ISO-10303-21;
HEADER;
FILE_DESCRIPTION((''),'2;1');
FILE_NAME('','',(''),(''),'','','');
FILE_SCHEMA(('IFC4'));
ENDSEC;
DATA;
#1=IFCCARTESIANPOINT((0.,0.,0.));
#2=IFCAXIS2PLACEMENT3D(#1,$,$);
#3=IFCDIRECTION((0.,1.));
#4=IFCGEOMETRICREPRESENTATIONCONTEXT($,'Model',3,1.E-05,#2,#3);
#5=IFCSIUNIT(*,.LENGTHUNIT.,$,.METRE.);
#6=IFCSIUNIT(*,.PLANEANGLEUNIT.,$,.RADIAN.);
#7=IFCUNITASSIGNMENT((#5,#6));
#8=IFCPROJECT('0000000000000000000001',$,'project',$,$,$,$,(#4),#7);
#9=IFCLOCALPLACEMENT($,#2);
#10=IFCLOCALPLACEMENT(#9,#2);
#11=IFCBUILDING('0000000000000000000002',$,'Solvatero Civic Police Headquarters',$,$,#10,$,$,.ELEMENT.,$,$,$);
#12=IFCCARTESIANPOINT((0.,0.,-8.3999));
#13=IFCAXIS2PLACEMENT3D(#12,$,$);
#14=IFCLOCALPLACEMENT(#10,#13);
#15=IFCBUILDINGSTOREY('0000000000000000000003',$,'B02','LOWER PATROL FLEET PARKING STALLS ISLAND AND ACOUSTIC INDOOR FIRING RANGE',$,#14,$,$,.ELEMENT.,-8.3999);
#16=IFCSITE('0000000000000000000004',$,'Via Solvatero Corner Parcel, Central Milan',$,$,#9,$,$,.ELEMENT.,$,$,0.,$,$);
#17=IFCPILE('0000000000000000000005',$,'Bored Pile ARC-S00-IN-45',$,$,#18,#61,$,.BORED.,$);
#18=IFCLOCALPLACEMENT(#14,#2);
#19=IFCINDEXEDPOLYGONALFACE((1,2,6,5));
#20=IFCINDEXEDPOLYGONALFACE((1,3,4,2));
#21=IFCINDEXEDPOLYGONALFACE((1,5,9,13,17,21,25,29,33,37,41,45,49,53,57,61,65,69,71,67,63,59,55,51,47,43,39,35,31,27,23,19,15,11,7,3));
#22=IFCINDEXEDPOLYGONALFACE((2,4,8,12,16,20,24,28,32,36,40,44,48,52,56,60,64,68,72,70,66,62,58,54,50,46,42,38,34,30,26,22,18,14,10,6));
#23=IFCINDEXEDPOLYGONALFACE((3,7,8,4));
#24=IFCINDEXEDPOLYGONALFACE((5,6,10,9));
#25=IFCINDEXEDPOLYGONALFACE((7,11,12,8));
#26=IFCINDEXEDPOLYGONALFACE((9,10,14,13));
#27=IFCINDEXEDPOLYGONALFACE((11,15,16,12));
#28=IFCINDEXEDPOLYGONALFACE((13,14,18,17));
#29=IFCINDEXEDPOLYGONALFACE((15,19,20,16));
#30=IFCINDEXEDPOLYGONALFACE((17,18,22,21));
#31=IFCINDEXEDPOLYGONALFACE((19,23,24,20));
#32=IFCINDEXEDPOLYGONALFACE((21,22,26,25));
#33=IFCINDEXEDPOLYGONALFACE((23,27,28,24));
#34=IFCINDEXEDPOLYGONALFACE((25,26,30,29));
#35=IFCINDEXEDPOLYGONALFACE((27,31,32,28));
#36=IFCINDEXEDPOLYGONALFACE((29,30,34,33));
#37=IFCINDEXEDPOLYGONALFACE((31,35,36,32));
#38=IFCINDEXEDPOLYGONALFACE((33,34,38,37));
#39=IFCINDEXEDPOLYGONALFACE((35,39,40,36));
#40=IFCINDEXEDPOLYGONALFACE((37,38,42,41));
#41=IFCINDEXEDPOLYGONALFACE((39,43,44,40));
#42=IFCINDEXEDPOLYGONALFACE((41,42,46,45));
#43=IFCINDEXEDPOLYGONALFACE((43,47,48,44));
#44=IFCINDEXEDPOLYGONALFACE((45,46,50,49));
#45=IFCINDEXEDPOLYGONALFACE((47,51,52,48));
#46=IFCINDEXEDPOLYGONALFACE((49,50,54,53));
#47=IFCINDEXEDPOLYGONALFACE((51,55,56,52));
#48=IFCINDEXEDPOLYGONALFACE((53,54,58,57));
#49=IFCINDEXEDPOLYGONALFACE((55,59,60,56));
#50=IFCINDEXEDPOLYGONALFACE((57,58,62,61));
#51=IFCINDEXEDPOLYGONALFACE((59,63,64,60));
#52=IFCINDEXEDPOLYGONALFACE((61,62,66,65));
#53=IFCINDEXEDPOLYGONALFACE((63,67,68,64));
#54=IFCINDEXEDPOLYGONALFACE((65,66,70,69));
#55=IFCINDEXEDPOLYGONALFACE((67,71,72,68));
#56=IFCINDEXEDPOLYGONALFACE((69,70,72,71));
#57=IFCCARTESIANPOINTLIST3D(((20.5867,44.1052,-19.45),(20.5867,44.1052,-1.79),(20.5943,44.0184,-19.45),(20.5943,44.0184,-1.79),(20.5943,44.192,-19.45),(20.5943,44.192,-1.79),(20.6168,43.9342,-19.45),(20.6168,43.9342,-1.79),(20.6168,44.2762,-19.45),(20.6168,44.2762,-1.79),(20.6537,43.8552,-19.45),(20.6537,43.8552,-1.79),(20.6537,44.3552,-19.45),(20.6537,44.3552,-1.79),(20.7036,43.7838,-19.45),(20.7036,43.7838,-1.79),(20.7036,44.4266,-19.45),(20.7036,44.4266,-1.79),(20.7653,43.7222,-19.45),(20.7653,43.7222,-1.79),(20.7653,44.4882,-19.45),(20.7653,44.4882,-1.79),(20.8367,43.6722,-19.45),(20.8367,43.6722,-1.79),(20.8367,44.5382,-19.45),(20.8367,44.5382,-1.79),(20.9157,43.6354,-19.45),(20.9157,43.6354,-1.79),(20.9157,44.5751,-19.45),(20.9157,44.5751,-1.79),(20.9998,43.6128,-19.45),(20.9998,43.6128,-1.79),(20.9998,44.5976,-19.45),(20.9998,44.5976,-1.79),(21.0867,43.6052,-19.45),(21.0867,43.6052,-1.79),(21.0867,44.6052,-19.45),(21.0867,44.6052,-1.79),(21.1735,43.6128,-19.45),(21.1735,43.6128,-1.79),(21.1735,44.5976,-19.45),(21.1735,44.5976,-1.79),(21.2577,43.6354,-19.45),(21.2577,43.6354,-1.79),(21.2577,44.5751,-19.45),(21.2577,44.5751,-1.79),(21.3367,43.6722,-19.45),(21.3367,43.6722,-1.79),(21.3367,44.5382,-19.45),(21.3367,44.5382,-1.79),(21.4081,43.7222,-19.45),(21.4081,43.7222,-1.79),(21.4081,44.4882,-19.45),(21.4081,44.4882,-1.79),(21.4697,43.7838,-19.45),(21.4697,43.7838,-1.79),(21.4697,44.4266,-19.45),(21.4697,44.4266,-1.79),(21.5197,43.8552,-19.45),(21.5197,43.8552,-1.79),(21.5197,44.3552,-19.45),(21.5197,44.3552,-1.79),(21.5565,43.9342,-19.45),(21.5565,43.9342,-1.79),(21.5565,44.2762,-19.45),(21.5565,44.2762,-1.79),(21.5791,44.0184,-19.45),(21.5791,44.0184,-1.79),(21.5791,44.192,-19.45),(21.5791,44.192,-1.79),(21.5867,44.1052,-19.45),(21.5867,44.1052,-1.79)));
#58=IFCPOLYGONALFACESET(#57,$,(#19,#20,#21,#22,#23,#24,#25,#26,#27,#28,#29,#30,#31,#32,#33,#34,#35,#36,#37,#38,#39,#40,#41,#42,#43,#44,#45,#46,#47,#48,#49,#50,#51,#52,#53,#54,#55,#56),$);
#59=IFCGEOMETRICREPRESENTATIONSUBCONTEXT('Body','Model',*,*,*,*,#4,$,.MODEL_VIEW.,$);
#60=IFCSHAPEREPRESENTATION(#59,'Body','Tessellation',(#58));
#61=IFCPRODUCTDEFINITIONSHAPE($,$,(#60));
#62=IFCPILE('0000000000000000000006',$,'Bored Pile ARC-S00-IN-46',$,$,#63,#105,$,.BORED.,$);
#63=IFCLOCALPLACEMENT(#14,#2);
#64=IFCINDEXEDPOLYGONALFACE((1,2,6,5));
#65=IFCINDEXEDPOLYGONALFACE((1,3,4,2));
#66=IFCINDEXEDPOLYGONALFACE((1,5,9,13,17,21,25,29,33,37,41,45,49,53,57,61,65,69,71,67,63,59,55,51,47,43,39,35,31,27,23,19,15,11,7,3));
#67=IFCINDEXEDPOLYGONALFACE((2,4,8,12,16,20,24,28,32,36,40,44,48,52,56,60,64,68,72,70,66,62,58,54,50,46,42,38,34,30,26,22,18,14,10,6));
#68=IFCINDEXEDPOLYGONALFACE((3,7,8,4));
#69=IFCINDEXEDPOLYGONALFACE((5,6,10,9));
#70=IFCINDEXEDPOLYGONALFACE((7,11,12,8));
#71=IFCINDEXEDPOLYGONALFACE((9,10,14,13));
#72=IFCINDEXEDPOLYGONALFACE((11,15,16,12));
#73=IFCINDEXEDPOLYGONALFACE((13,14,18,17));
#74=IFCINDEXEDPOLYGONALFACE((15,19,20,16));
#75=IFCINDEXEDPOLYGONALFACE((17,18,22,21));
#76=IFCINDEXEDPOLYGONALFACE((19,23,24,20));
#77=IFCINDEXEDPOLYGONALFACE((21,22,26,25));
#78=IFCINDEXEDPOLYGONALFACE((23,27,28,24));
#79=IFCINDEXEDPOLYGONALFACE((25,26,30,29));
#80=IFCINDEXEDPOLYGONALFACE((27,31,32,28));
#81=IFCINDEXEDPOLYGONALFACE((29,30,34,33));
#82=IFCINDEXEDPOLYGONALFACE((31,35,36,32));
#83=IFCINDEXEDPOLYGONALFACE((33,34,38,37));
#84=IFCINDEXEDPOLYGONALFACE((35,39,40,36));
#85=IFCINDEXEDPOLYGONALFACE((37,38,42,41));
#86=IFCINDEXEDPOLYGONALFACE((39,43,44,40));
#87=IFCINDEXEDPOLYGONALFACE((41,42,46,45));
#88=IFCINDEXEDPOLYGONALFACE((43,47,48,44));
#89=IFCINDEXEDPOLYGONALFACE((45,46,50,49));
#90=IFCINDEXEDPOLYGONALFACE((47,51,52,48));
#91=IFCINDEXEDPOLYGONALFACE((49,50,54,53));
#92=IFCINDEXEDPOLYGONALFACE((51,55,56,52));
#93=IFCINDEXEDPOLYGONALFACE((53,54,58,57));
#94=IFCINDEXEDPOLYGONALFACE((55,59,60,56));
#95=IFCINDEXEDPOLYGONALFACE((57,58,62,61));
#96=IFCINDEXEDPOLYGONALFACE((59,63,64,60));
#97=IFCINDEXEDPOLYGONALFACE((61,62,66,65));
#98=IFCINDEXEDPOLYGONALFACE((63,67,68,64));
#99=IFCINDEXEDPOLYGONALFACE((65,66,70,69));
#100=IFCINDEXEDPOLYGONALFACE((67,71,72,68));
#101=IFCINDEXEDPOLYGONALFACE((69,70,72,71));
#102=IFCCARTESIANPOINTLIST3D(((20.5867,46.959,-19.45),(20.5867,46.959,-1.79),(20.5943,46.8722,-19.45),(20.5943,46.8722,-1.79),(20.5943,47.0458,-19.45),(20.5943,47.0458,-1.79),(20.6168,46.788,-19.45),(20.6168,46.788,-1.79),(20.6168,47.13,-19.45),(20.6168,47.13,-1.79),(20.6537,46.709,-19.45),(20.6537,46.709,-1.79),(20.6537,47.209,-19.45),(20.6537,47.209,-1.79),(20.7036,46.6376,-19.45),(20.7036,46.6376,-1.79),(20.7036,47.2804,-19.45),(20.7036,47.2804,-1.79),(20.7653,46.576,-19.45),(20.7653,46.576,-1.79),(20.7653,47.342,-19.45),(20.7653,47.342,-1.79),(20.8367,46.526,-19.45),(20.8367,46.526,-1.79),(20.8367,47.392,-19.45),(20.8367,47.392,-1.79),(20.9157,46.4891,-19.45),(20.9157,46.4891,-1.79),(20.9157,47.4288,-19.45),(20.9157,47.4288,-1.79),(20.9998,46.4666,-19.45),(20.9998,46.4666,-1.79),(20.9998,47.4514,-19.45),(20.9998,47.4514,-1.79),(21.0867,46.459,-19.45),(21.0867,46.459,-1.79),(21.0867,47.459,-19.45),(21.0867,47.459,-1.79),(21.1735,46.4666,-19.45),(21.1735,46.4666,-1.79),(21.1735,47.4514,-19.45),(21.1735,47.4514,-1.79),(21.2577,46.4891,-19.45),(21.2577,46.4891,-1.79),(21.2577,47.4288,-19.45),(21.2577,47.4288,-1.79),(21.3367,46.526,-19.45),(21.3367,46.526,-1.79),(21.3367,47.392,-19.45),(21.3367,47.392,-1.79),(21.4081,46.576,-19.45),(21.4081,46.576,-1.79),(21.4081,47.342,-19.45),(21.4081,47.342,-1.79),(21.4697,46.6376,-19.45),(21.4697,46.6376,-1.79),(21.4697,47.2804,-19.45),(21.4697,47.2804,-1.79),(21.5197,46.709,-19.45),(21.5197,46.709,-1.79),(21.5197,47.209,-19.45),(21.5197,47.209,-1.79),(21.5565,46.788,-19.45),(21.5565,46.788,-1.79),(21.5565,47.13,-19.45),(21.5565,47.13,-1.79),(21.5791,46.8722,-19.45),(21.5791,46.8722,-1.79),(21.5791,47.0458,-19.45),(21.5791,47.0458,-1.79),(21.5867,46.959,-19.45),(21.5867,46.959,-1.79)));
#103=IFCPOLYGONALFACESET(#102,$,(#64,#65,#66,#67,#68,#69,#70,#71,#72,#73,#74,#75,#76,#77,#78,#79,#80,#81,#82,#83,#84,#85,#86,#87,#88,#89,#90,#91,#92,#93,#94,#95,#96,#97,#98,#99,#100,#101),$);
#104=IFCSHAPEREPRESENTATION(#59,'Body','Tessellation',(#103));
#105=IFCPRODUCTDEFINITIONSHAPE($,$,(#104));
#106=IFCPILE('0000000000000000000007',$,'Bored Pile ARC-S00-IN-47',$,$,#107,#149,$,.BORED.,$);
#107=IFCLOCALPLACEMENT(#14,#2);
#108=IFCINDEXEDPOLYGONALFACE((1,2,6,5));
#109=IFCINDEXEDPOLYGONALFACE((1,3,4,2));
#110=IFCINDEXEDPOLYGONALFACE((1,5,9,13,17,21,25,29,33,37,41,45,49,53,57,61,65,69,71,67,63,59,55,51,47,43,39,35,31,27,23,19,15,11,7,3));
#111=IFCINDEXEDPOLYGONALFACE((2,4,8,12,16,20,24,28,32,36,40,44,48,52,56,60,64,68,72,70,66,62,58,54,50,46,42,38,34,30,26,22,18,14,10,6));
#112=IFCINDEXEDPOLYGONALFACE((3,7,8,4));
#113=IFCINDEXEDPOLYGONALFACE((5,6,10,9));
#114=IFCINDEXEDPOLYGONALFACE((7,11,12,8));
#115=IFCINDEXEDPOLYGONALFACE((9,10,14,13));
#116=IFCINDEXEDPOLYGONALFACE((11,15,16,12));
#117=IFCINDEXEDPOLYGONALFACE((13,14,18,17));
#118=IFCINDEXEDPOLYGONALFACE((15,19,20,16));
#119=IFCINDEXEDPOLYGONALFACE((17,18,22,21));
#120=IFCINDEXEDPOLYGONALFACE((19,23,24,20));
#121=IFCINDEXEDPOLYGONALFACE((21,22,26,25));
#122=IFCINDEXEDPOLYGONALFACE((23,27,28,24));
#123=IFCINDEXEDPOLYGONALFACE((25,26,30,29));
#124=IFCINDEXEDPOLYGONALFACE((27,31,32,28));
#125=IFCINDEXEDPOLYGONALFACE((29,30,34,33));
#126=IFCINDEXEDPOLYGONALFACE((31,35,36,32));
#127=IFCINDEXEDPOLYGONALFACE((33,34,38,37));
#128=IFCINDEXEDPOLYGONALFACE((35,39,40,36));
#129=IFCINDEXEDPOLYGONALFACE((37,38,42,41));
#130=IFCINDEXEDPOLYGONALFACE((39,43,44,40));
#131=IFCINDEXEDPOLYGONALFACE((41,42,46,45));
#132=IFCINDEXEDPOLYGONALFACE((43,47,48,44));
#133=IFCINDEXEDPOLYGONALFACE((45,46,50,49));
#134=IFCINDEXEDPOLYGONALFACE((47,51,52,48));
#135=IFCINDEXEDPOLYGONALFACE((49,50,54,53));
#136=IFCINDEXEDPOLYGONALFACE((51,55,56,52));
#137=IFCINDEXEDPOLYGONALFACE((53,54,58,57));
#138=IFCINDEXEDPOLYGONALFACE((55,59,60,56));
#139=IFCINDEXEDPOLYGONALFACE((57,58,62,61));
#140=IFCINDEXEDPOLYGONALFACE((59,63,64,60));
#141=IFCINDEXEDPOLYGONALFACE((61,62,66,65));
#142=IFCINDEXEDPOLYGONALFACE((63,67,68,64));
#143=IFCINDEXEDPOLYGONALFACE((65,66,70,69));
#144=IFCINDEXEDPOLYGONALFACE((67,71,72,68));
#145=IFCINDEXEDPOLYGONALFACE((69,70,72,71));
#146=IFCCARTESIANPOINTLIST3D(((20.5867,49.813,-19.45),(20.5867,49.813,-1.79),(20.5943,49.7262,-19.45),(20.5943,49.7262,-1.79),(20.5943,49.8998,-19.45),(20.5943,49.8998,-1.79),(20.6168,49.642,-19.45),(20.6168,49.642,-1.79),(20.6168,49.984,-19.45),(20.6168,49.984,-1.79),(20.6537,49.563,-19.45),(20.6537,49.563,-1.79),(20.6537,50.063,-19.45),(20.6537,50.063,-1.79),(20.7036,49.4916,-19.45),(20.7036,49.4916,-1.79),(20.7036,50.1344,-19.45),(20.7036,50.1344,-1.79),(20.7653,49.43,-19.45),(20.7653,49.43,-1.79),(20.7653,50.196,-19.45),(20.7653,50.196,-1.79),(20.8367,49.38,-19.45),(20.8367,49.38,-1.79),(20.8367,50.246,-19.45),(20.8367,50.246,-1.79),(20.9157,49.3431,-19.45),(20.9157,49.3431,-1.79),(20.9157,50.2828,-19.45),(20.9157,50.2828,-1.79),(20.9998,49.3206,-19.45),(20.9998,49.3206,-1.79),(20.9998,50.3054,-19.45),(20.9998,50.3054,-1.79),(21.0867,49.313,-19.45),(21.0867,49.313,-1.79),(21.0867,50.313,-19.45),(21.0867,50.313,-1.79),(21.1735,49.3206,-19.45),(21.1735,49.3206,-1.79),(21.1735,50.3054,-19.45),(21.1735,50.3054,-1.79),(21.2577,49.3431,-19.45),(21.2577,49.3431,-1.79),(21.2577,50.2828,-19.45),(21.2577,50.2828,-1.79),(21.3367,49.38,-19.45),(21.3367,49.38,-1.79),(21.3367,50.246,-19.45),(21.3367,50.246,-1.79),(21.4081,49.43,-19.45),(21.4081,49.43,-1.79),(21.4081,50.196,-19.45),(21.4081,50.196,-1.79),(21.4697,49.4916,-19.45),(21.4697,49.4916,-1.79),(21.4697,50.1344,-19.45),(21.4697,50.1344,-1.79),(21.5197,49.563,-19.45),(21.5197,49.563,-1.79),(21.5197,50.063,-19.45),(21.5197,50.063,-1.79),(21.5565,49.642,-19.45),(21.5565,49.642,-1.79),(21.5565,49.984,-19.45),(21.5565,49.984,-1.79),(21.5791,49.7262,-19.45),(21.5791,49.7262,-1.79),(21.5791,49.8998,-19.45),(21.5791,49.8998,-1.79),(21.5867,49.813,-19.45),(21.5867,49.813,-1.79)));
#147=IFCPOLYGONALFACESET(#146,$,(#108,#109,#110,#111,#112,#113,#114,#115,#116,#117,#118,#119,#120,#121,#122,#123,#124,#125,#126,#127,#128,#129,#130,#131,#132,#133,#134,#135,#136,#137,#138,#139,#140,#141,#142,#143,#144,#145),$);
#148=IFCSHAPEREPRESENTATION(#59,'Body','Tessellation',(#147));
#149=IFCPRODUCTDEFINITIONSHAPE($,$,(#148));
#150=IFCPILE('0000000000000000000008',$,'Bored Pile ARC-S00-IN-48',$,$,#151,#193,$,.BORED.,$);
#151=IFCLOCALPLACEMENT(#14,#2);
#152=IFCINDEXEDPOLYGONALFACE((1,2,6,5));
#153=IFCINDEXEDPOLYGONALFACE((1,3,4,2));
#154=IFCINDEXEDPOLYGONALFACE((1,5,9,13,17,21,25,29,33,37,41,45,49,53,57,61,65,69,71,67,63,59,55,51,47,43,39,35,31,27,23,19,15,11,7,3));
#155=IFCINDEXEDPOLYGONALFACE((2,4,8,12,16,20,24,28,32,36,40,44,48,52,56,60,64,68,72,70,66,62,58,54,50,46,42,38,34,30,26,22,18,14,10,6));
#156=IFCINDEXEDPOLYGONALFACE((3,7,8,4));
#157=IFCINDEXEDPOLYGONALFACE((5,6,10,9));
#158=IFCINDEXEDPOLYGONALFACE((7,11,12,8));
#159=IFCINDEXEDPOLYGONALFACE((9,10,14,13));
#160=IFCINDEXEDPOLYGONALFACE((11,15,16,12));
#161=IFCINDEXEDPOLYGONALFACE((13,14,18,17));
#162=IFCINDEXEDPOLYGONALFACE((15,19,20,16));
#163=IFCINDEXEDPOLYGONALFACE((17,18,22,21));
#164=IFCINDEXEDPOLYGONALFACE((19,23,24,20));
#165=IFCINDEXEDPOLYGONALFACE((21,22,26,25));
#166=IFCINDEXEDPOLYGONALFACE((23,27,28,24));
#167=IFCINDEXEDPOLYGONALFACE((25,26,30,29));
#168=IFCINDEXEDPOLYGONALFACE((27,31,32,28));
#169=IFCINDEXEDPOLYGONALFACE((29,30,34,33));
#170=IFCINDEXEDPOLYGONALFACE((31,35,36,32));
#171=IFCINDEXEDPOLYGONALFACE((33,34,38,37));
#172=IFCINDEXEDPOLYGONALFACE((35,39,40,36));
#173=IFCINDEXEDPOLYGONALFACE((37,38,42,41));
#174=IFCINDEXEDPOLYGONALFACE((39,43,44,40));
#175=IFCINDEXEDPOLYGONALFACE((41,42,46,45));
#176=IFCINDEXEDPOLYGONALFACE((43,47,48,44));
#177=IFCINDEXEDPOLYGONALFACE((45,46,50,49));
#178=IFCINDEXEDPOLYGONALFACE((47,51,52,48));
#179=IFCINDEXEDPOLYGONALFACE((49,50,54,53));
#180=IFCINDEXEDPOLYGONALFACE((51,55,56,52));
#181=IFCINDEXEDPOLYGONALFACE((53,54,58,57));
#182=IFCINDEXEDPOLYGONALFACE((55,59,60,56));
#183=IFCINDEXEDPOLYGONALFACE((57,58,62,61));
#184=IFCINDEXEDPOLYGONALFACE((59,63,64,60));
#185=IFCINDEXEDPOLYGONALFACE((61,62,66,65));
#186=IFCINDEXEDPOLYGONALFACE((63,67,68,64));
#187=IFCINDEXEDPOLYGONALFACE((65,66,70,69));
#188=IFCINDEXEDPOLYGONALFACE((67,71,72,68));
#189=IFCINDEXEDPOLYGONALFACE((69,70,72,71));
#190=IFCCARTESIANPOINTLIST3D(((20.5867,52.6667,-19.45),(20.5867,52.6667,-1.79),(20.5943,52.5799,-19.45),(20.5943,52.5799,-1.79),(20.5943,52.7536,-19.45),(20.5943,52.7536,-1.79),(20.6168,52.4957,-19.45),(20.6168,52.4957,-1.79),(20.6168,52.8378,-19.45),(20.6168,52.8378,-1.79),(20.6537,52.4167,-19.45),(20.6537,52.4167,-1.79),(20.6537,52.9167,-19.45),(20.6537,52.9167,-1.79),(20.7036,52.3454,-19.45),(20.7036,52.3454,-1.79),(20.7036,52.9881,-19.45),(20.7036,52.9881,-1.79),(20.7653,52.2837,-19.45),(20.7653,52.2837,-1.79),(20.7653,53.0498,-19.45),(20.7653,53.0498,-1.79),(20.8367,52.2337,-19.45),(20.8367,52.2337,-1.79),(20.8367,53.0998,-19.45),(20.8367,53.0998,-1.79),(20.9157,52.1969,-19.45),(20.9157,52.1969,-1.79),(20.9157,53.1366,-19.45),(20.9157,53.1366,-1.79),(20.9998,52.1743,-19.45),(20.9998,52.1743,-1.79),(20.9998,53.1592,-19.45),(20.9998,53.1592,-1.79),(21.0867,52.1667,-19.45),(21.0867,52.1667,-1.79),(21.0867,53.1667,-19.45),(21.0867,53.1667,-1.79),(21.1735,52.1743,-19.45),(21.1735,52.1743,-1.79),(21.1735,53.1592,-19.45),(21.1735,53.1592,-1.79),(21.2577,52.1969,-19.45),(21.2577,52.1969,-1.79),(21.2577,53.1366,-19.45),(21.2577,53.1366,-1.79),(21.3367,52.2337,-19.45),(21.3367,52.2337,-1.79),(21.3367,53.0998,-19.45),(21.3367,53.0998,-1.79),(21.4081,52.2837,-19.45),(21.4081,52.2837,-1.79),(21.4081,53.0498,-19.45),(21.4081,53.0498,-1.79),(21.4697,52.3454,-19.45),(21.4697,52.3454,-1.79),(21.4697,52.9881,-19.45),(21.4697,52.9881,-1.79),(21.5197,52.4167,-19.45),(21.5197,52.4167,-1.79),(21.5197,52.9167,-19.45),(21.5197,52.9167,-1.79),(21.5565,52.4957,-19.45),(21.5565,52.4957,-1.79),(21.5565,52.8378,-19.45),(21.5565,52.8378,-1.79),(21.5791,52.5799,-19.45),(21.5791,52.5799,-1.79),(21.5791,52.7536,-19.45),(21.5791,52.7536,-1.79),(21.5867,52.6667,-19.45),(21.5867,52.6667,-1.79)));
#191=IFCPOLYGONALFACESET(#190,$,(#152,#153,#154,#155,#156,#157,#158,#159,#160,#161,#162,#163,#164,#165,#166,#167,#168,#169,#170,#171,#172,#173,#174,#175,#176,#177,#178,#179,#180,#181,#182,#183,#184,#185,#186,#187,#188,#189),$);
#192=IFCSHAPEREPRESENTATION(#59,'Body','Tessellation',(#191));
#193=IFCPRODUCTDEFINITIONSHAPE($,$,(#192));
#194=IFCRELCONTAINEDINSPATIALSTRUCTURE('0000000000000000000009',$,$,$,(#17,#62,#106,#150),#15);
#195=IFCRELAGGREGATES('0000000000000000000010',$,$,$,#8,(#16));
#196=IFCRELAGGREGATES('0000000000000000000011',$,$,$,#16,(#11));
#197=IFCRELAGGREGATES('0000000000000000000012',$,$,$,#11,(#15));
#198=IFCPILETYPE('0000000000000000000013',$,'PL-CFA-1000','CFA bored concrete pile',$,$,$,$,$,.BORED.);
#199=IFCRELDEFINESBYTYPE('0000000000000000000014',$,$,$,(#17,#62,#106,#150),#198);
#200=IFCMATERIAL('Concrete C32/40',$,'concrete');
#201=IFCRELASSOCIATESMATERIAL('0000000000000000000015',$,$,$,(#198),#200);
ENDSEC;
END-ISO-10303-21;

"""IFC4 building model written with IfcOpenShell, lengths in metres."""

from ifc_helpers import new_model, si_unit, direction, frame, origin, origin_2d, place, context, subcontext, project, spatial, circle, extrude, material, material_profile, profile_set, type_object, element, save


model = new_model("IFC4")

# Units and contexts
model_context = context("Model", 3, precision=1e-05, world=origin(), true_north=direction((0.0, 1.0)))
body_context = subcontext(model_context, "Body", "Model", "MODEL_VIEW")
ifc_project = project(units=[si_unit("LENGTHUNIT", "METRE"), si_unit("PLANEANGLEUNIT", "RADIAN")], contexts=[model_context])

# Site, building, storey
site_placement = place(None, origin())
site = spatial("IfcSite", under=ifc_project, at=site_placement, Name="Via Solvatero Corner Parcel, Central Milan", CompositionType="ELEMENT", RefElevation=0.0)
building_placement = place(site_placement, origin())
building = spatial("IfcBuilding", under=site, at=building_placement, Name="Solvatero Civic Police Headquarters", CompositionType="ELEMENT")
storey_placement = place(building_placement, frame((0.0, 0.0, -8.3999)))
storey = spatial("IfcBuildingStorey", under=building, at=storey_placement, Name="B02", Description="LOWER PATROL FLEET PARKING STALLS ISLAND AND ACOUSTIC INDOOR FIRING RANGE", CompositionType="ELEMENT", Elevation=-8.3999)

# Piles
ifc_material_1 = material(Name="Concrete C32/40", Category="concrete")
ifc_material_profile_1 = material_profile(ifc_material_1, circle(Radius=0.5, at=origin_2d()), Name="CFA PILE D1000")
ifc_profile_set_1 = profile_set([ifc_material_profile_1], Name="Concrete C32/40")
pile_type = type_object("IfcPileType", Name="PL-CFA-1000", Description="CFA bored concrete pile", PredefinedType="BORED", material=ifc_profile_set_1)
for number, where, z_axis, x_axis, name in (
    (1, (21.0867, 44.1052, -1.79), (0.0, 0.0, -1.0), (1.0, 0.0, 0.0), "Bored Pile ARC-S00-IN-45"),
    (2, (21.0867, 46.959, -1.79), (0.0, 0.0, -1.0), (1.0, 0.0, 0.0), "Bored Pile ARC-S00-IN-46"),
    (3, (21.0867, 49.813, -1.79), (0.0, 0.0, -1.0), (1.0, 0.0, 0.0), "Bored Pile ARC-S00-IN-47"),
    (4, (21.0867, 52.6667, -1.79), (0.0, 0.0, -1.0), (1.0, 0.0, 0.0), "Bored Pile ARC-S00-IN-48"),
):
    element("IfcPile", number, at=place(storey_placement, frame(where, z_axis=z_axis, x_axis=x_axis)), inside=storey, type_object=pile_type, Name=name, PredefinedType="BORED", context=body_context, shape_type="SweptSolid", body=[
        extrude(circle(Radius=0.5, at=origin_2d()), origin(), (0.0, 0.0, 1.0), 17.6599),
    ])

save(model, "model.ifc")
